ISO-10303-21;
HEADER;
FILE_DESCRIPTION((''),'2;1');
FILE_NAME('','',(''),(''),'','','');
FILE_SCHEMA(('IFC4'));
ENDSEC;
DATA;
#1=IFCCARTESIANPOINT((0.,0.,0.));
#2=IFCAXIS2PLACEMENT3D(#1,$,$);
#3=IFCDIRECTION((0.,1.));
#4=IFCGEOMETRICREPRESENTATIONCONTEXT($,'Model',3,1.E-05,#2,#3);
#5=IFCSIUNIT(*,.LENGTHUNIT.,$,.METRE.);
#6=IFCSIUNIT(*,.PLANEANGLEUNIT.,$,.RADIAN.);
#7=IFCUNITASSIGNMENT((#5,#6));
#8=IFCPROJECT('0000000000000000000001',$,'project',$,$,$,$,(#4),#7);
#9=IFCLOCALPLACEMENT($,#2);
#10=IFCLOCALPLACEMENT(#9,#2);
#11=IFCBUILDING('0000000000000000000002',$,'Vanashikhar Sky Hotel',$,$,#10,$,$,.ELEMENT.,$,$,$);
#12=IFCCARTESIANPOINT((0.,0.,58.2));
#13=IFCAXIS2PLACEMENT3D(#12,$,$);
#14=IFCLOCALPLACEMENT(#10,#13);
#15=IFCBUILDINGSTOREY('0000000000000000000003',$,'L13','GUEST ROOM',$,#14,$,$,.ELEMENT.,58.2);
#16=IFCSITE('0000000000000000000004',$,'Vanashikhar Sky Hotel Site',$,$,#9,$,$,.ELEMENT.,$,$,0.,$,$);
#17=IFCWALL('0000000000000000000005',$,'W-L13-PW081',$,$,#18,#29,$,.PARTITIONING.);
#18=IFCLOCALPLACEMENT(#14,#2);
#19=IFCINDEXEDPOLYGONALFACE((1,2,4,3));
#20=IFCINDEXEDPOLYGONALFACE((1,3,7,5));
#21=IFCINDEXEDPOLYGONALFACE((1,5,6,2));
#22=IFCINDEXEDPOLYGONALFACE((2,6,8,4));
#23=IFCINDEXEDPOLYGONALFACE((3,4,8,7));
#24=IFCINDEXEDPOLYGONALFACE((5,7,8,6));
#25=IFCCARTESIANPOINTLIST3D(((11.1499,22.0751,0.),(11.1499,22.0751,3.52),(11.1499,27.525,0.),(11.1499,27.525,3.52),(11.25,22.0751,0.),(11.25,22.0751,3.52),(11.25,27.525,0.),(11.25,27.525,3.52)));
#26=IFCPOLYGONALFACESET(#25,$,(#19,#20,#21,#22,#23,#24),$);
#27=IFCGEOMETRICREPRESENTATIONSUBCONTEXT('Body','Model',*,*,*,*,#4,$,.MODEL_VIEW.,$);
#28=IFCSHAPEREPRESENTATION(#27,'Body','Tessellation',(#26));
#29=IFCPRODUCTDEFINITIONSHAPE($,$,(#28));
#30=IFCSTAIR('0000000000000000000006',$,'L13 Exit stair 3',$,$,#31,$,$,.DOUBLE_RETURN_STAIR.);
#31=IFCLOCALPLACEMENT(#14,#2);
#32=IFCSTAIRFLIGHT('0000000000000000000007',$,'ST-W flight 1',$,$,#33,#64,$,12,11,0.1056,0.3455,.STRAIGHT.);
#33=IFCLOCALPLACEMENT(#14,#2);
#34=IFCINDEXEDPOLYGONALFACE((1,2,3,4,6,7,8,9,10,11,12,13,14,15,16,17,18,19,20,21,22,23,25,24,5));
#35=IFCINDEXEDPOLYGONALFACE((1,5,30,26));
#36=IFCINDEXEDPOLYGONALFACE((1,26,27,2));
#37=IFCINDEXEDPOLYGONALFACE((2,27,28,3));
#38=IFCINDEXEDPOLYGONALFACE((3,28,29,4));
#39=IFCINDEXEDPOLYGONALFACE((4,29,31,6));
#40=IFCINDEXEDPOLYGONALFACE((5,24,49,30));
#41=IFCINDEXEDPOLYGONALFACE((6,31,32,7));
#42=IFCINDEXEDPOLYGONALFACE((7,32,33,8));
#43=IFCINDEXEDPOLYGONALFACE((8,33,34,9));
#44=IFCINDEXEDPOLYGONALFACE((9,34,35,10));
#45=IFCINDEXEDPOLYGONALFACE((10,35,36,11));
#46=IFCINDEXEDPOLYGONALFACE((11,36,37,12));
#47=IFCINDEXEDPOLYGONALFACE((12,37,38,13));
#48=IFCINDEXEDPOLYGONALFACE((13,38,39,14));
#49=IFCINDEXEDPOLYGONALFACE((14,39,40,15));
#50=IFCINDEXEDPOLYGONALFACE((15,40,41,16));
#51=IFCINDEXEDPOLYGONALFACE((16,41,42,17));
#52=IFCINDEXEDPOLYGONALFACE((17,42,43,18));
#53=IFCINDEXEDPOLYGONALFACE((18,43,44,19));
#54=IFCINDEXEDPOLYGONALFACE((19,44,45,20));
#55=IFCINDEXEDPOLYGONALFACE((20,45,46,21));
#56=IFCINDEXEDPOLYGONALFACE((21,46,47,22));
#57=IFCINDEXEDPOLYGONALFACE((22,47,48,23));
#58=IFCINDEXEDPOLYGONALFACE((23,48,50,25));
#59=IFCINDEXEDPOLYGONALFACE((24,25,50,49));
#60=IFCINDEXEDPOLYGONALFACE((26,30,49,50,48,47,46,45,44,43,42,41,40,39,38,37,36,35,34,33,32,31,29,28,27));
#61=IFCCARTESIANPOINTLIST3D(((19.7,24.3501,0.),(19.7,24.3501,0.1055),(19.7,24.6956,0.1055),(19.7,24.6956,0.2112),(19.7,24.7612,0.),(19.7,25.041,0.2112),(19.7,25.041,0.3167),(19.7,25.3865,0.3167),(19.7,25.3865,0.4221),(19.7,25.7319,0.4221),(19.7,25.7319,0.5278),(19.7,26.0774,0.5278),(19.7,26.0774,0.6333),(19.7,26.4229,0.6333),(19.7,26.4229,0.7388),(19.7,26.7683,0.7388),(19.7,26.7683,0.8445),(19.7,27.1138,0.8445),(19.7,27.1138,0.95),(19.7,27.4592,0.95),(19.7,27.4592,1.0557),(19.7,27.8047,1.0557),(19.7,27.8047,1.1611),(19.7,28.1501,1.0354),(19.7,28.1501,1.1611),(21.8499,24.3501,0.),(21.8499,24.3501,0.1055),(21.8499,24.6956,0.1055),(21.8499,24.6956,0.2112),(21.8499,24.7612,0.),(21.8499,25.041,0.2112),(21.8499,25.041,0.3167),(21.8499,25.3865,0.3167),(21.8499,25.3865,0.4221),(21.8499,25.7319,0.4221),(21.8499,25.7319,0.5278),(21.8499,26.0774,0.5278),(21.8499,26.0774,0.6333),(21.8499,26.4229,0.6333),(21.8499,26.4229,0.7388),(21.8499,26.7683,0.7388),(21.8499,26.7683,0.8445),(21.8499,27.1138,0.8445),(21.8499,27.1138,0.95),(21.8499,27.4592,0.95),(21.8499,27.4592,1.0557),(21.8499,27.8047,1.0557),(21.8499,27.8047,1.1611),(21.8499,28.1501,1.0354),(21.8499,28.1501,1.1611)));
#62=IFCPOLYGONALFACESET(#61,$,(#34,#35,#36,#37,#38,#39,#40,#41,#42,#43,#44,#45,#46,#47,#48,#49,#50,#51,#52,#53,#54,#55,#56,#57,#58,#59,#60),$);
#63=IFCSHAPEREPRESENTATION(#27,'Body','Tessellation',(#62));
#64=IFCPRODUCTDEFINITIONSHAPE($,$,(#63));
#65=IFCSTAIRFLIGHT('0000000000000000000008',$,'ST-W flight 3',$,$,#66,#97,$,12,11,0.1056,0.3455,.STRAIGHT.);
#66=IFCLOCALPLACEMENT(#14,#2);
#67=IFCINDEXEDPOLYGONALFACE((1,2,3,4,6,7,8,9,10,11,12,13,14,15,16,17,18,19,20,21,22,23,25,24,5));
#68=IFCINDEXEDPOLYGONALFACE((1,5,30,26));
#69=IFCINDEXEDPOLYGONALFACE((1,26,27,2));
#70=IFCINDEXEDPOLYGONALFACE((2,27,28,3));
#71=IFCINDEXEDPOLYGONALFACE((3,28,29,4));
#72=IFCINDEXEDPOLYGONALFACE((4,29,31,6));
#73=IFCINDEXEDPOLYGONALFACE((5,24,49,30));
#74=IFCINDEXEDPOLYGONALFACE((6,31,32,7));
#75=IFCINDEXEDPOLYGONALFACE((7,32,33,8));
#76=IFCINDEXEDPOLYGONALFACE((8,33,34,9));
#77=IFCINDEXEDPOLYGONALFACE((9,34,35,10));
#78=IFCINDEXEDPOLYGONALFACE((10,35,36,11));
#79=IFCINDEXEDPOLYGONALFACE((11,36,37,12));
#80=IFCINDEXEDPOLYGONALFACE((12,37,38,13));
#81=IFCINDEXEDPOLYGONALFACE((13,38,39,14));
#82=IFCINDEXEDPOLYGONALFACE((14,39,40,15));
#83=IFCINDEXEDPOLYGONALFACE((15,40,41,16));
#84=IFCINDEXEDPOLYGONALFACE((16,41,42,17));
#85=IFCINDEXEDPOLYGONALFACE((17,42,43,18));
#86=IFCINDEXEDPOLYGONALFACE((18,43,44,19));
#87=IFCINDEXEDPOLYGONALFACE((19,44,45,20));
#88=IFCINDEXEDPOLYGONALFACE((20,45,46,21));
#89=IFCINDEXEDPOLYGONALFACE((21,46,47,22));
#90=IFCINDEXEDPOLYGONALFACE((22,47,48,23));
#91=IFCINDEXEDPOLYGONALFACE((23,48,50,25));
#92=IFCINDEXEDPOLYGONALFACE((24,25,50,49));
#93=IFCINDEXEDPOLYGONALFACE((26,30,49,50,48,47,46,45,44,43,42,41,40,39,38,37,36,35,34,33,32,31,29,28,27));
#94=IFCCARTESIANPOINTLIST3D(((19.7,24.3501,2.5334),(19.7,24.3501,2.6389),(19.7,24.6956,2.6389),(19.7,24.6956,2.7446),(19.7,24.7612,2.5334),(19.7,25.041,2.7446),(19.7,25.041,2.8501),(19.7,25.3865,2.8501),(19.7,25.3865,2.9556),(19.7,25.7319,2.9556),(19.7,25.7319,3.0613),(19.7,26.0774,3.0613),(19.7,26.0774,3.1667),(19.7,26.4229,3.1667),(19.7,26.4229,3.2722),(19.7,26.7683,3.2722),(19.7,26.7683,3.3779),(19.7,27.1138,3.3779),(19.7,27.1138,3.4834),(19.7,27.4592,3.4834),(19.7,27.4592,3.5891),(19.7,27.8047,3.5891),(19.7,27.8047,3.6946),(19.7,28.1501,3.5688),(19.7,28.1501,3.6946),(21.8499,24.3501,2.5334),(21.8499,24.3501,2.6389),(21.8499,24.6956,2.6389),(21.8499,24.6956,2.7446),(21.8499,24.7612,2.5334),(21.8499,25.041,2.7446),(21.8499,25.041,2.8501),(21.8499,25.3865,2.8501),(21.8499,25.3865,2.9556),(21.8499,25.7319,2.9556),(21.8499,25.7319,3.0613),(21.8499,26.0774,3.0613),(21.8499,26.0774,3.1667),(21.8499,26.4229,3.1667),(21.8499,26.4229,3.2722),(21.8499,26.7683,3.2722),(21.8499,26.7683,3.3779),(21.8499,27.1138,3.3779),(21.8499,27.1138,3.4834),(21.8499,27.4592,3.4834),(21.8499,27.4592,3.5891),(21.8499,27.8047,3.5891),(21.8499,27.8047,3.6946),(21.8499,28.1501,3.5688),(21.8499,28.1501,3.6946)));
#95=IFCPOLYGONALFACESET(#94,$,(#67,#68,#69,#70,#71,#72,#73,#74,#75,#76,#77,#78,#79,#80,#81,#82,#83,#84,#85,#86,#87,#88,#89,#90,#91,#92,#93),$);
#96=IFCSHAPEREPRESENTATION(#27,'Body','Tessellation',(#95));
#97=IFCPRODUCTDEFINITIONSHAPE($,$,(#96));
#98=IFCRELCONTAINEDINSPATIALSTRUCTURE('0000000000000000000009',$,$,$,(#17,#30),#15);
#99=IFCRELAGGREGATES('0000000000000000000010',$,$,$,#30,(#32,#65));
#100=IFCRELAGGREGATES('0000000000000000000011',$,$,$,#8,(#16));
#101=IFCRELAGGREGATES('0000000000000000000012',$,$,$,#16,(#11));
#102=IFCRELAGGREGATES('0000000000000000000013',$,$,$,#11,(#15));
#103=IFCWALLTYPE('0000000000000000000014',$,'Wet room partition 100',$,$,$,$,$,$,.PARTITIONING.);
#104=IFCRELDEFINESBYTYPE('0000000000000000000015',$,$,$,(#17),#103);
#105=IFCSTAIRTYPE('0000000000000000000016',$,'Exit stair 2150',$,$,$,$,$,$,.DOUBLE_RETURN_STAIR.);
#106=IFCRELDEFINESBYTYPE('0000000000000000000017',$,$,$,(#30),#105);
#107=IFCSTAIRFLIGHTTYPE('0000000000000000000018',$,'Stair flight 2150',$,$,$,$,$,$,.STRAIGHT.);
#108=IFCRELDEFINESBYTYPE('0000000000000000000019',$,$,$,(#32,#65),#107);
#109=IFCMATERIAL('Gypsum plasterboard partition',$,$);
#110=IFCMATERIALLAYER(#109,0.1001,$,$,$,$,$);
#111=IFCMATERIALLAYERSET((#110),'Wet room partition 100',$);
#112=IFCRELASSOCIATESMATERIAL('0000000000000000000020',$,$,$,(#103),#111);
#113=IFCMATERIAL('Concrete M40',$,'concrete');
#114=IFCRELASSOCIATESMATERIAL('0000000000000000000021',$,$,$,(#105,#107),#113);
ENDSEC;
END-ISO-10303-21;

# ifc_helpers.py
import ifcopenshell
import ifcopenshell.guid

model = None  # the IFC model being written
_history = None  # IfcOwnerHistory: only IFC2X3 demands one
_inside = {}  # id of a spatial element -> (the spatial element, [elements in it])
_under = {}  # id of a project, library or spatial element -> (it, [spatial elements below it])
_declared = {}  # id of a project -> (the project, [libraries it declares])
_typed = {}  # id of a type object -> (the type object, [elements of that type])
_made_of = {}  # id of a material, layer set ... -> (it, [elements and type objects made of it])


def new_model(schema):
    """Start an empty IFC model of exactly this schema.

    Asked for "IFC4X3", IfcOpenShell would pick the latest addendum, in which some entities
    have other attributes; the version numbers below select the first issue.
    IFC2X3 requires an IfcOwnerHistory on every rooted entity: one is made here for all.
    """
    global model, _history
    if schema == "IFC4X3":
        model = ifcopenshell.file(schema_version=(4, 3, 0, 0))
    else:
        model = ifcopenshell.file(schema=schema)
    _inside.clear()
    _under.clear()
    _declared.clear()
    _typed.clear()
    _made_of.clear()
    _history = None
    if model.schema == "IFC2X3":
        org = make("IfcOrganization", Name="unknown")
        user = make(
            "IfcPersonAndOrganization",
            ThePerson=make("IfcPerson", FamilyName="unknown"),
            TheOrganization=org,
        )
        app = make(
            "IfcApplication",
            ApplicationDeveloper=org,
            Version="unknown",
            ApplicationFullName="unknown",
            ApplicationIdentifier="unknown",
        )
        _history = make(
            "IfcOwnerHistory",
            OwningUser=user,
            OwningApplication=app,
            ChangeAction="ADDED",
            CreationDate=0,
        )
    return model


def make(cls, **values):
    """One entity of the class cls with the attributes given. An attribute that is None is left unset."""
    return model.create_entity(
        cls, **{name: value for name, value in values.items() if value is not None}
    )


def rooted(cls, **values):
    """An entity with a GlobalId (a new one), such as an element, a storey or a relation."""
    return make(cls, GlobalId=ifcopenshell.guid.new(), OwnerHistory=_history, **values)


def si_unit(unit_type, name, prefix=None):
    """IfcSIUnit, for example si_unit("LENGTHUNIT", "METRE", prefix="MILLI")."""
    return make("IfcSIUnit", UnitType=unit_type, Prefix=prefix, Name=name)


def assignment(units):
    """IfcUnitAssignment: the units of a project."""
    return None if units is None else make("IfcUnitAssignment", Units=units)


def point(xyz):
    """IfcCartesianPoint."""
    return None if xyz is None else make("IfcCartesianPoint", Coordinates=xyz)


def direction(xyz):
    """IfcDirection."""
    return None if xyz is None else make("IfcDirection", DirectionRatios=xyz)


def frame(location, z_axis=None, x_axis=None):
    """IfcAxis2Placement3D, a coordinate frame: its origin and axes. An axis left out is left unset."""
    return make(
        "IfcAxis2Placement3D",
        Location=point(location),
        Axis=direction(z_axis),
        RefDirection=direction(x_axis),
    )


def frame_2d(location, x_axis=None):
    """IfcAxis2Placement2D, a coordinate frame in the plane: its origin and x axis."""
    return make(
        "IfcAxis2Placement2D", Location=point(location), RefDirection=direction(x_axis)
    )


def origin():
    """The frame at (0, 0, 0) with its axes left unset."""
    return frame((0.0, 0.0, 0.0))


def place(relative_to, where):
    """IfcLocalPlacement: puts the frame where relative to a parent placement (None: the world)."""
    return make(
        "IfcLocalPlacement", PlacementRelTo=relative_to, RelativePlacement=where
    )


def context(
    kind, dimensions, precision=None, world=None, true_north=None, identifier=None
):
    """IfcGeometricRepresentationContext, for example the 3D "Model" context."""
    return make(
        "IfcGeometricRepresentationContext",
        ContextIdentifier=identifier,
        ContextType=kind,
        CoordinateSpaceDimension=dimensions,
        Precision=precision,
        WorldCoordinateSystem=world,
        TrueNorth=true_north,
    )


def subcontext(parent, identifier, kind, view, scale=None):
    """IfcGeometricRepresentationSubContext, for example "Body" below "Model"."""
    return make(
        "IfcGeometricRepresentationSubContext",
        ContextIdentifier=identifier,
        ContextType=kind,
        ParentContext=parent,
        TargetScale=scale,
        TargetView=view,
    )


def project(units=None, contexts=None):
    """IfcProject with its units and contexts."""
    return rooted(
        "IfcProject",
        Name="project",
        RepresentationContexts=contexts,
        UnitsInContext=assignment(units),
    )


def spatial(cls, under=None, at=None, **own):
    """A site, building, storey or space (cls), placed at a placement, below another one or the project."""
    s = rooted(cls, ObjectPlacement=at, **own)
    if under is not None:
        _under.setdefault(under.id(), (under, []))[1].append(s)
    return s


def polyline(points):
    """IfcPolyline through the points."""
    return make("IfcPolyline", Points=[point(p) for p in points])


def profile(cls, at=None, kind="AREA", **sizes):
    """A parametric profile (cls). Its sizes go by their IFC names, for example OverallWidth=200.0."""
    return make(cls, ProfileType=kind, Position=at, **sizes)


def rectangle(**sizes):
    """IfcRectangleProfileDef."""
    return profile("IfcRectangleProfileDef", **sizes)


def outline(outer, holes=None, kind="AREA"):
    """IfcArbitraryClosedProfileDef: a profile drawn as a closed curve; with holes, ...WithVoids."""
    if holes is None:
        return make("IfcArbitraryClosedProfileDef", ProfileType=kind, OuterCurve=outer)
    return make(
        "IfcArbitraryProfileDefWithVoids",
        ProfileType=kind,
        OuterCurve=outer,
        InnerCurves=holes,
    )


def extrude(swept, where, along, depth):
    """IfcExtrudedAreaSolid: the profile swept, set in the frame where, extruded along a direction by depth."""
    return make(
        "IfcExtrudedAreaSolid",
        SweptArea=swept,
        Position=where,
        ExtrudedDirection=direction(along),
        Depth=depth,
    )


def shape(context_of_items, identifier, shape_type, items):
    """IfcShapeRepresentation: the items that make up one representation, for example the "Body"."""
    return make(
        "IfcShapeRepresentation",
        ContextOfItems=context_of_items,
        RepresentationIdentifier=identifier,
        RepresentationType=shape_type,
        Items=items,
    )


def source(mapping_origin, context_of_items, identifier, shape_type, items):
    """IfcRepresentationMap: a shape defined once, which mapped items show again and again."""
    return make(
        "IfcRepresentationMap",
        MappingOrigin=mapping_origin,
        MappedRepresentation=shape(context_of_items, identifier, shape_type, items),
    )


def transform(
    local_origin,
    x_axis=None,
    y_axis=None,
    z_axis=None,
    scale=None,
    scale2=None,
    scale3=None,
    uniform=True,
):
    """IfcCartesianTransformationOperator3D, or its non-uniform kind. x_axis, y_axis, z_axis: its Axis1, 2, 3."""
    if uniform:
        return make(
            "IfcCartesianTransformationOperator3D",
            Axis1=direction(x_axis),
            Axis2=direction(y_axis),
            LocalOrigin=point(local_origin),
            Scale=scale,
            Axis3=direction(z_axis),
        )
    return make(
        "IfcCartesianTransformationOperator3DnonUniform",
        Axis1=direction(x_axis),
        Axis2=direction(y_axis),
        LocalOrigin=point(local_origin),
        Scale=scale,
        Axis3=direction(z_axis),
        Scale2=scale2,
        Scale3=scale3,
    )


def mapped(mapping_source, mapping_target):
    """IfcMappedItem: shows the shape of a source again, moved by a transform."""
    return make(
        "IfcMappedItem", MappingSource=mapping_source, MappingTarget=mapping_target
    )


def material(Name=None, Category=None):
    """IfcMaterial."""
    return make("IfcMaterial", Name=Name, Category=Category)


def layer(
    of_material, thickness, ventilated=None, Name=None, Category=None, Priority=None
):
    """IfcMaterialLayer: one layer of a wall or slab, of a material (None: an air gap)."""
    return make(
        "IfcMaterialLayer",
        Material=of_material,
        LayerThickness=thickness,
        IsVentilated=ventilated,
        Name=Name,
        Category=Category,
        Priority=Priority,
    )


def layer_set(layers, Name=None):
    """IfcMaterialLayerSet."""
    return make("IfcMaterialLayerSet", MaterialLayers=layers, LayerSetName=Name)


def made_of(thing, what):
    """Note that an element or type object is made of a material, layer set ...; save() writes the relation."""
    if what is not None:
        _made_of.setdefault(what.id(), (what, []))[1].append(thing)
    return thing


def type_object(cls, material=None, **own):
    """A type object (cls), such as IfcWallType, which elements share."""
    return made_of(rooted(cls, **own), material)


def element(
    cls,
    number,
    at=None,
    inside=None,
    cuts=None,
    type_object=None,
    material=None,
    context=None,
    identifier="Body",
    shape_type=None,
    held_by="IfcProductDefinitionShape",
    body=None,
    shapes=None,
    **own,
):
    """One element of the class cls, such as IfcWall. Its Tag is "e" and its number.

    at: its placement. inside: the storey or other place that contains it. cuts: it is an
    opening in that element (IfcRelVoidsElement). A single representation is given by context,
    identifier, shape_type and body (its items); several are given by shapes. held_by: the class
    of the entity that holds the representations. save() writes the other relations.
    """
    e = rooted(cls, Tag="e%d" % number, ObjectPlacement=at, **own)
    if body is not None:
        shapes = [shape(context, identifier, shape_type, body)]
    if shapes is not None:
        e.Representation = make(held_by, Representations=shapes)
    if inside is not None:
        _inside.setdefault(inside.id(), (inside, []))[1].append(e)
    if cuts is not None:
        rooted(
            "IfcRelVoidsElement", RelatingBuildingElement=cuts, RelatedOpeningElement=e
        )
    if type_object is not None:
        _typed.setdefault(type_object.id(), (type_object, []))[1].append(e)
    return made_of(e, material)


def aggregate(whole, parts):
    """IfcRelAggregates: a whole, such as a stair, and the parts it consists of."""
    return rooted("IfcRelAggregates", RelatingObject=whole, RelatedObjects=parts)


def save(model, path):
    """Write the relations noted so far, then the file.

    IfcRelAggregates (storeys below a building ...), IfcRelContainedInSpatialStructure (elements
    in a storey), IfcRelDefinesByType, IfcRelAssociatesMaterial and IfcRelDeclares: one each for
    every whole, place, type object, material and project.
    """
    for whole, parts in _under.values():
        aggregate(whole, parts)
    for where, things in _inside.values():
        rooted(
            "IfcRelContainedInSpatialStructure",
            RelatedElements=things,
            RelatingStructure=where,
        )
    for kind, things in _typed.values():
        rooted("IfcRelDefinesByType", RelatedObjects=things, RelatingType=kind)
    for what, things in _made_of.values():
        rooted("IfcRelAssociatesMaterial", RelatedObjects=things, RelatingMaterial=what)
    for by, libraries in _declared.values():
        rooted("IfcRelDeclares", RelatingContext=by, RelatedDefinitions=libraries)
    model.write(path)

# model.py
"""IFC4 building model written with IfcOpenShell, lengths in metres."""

from ifc_helpers import new_model, si_unit, direction, frame, frame_2d, origin, place, context, subcontext, project, spatial, polyline, rectangle, outline, extrude, source, transform, mapped, material, layer, layer_set, type_object, element, aggregate, save


model = new_model("IFC4")

# Units and contexts
model_context = context("Model", 3, precision=1e-05, world=origin(), true_north=direction((0.0, 1.0)))
body_context = subcontext(model_context, "Body", "Model", "MODEL_VIEW")
ifc_project = project(units=[si_unit("LENGTHUNIT", "METRE"), si_unit("PLANEANGLEUNIT", "RADIAN")], contexts=[model_context])

# Site, building, storey
site_placement = place(None, origin())
site = spatial("IfcSite", under=ifc_project, at=site_placement, Name="Vanashikhar Sky Hotel Site", CompositionType="ELEMENT", RefElevation=0.0)
building_placement = place(site_placement, origin())
building = spatial("IfcBuilding", under=site, at=building_placement, Name="Vanashikhar Sky Hotel", CompositionType="ELEMENT")
storey_placement = place(building_placement, frame((0.0, 0.0, 58.2)))
storey = spatial("IfcBuildingStorey", under=building, at=storey_placement, Name="L13", Description="GUEST ROOM", CompositionType="ELEMENT", Elevation=58.2)

# Shared definitions
ifc_material_1 = material(Name="Gypsum plasterboard partition")
ifc_layer_1 = layer(ifc_material_1, 0.1001)
ifc_layer_set_1 = layer_set([ifc_layer_1], Name="Wet room partition 100")
wall_type_1 = type_object("IfcWallType", Name="Wet room partition 100", PredefinedType="PARTITIONING", material=ifc_layer_set_1)

# Wall
shared_shape_1 = source(origin(), body_context, "Body", "SweptSolid", [
    extrude(rectangle(XDim=5.45, YDim=0.1001, at=frame_2d((2.7251, 0.0))), origin(), (0.0, 0.0, 1.0), 3.52),
])
for number, where, z_axis, x_axis, name in (
    (1, (11.2, 22.075, 0.0), (0.0, 0.0, 1.0), (0.0, 1.0, 0.0), "W-L13-PW081"),
):
    element("IfcWall", number, at=place(storey_placement, frame(where, z_axis=z_axis, x_axis=x_axis)), inside=storey, type_object=wall_type_1, Name=name, PredefinedType="PARTITIONING", context=body_context, shape_type="MappedRepresentation", body=[
        mapped(shared_shape_1, transform((0.0, 0.0, 0.0), scale=1.0)),
    ])

# Stair, stair flights
ifc_material_2 = material(Name="Concrete M40", Category="concrete")
stair_type = type_object("IfcStairType", Name="Exit stair 2150", PredefinedType="DOUBLE_RETURN_STAIR", material=ifc_material_2)
stair_placement = place(storey_placement, origin())
stair = element("IfcStair", 2, at=stair_placement, inside=storey, type_object=stair_type, Name="L13 Exit stair 3", PredefinedType="DOUBLE_RETURN_STAIR")
stair_flight_type = type_object("IfcStairFlightType", Name="Stair flight 2150", PredefinedType="STRAIGHT", material=ifc_material_2)
shared_shape_2 = source(origin(), body_context, "Body", "SweptSolid", [
    extrude(outline(polyline([(0.0, 0.0), (0.0, 0.1055), (0.3455, 0.1055), (0.3455, 0.2112), (0.6909, 0.2112), (0.6909, 0.3167), (1.0364, 0.3167), (1.0364, 0.4221), (1.3818, 0.4221), (1.3818, 0.5278), (1.7273, 0.5278), (1.7273, 0.6333), (2.0728, 0.6333), (2.0728, 0.7388), (2.4182, 0.7388), (2.4182, 0.8445), (2.7637, 0.8445), (2.7637, 0.95), (3.1091, 0.95), (3.1091, 1.0557), (3.4546, 1.0557), (3.4546, 1.1611), (3.8, 1.1611), (3.8, 1.2666), (3.8, 1.0354), (0.4111, 0.0), (0.0, 0.0)])), frame((0.0, 1.075, 0.0), z_axis=(0.0, -1.0, 0.0), x_axis=(1.0, 0.0, 0.0)), (0.0, 0.0, 1.0), 2.1499),
])
stair_flight_1_placement = place(storey_placement, frame((20.7749, 24.3501, 0.0), z_axis=(0.0, 0.0, 1.0), x_axis=(0.0, 1.0, 0.0)))
stair_flight_1 = element("IfcStairFlight", 3, at=stair_flight_1_placement, type_object=stair_flight_type, Name="ST-W flight 1", NumberOfRisers=12, NumberOfTreads=11, PredefinedType="STRAIGHT", RiserHeight=0.1056, TreadLength=0.3455, context=body_context, shape_type="MappedRepresentation", body=[
    mapped(shared_shape_2, transform((0.0, 0.0, 0.0), scale=1.0)),
])
stair_flight_2_placement = place(storey_placement, frame((20.7749, 24.3501, 2.5334), z_axis=(0.0, 0.0, 1.0), x_axis=(0.0, 1.0, 0.0)))
stair_flight_2 = element("IfcStairFlight", 4, at=stair_flight_2_placement, type_object=stair_flight_type, Name="ST-W flight 3", NumberOfRisers=12, NumberOfTreads=11, PredefinedType="STRAIGHT", RiserHeight=0.1056, TreadLength=0.3455, context=body_context, shape_type="MappedRepresentation", body=[
    mapped(shared_shape_2, transform((0.0, 0.0, 0.0), scale=1.0)),
])
aggregate(stair, [stair_flight_1, stair_flight_2])

save(model, "model.ifc")
